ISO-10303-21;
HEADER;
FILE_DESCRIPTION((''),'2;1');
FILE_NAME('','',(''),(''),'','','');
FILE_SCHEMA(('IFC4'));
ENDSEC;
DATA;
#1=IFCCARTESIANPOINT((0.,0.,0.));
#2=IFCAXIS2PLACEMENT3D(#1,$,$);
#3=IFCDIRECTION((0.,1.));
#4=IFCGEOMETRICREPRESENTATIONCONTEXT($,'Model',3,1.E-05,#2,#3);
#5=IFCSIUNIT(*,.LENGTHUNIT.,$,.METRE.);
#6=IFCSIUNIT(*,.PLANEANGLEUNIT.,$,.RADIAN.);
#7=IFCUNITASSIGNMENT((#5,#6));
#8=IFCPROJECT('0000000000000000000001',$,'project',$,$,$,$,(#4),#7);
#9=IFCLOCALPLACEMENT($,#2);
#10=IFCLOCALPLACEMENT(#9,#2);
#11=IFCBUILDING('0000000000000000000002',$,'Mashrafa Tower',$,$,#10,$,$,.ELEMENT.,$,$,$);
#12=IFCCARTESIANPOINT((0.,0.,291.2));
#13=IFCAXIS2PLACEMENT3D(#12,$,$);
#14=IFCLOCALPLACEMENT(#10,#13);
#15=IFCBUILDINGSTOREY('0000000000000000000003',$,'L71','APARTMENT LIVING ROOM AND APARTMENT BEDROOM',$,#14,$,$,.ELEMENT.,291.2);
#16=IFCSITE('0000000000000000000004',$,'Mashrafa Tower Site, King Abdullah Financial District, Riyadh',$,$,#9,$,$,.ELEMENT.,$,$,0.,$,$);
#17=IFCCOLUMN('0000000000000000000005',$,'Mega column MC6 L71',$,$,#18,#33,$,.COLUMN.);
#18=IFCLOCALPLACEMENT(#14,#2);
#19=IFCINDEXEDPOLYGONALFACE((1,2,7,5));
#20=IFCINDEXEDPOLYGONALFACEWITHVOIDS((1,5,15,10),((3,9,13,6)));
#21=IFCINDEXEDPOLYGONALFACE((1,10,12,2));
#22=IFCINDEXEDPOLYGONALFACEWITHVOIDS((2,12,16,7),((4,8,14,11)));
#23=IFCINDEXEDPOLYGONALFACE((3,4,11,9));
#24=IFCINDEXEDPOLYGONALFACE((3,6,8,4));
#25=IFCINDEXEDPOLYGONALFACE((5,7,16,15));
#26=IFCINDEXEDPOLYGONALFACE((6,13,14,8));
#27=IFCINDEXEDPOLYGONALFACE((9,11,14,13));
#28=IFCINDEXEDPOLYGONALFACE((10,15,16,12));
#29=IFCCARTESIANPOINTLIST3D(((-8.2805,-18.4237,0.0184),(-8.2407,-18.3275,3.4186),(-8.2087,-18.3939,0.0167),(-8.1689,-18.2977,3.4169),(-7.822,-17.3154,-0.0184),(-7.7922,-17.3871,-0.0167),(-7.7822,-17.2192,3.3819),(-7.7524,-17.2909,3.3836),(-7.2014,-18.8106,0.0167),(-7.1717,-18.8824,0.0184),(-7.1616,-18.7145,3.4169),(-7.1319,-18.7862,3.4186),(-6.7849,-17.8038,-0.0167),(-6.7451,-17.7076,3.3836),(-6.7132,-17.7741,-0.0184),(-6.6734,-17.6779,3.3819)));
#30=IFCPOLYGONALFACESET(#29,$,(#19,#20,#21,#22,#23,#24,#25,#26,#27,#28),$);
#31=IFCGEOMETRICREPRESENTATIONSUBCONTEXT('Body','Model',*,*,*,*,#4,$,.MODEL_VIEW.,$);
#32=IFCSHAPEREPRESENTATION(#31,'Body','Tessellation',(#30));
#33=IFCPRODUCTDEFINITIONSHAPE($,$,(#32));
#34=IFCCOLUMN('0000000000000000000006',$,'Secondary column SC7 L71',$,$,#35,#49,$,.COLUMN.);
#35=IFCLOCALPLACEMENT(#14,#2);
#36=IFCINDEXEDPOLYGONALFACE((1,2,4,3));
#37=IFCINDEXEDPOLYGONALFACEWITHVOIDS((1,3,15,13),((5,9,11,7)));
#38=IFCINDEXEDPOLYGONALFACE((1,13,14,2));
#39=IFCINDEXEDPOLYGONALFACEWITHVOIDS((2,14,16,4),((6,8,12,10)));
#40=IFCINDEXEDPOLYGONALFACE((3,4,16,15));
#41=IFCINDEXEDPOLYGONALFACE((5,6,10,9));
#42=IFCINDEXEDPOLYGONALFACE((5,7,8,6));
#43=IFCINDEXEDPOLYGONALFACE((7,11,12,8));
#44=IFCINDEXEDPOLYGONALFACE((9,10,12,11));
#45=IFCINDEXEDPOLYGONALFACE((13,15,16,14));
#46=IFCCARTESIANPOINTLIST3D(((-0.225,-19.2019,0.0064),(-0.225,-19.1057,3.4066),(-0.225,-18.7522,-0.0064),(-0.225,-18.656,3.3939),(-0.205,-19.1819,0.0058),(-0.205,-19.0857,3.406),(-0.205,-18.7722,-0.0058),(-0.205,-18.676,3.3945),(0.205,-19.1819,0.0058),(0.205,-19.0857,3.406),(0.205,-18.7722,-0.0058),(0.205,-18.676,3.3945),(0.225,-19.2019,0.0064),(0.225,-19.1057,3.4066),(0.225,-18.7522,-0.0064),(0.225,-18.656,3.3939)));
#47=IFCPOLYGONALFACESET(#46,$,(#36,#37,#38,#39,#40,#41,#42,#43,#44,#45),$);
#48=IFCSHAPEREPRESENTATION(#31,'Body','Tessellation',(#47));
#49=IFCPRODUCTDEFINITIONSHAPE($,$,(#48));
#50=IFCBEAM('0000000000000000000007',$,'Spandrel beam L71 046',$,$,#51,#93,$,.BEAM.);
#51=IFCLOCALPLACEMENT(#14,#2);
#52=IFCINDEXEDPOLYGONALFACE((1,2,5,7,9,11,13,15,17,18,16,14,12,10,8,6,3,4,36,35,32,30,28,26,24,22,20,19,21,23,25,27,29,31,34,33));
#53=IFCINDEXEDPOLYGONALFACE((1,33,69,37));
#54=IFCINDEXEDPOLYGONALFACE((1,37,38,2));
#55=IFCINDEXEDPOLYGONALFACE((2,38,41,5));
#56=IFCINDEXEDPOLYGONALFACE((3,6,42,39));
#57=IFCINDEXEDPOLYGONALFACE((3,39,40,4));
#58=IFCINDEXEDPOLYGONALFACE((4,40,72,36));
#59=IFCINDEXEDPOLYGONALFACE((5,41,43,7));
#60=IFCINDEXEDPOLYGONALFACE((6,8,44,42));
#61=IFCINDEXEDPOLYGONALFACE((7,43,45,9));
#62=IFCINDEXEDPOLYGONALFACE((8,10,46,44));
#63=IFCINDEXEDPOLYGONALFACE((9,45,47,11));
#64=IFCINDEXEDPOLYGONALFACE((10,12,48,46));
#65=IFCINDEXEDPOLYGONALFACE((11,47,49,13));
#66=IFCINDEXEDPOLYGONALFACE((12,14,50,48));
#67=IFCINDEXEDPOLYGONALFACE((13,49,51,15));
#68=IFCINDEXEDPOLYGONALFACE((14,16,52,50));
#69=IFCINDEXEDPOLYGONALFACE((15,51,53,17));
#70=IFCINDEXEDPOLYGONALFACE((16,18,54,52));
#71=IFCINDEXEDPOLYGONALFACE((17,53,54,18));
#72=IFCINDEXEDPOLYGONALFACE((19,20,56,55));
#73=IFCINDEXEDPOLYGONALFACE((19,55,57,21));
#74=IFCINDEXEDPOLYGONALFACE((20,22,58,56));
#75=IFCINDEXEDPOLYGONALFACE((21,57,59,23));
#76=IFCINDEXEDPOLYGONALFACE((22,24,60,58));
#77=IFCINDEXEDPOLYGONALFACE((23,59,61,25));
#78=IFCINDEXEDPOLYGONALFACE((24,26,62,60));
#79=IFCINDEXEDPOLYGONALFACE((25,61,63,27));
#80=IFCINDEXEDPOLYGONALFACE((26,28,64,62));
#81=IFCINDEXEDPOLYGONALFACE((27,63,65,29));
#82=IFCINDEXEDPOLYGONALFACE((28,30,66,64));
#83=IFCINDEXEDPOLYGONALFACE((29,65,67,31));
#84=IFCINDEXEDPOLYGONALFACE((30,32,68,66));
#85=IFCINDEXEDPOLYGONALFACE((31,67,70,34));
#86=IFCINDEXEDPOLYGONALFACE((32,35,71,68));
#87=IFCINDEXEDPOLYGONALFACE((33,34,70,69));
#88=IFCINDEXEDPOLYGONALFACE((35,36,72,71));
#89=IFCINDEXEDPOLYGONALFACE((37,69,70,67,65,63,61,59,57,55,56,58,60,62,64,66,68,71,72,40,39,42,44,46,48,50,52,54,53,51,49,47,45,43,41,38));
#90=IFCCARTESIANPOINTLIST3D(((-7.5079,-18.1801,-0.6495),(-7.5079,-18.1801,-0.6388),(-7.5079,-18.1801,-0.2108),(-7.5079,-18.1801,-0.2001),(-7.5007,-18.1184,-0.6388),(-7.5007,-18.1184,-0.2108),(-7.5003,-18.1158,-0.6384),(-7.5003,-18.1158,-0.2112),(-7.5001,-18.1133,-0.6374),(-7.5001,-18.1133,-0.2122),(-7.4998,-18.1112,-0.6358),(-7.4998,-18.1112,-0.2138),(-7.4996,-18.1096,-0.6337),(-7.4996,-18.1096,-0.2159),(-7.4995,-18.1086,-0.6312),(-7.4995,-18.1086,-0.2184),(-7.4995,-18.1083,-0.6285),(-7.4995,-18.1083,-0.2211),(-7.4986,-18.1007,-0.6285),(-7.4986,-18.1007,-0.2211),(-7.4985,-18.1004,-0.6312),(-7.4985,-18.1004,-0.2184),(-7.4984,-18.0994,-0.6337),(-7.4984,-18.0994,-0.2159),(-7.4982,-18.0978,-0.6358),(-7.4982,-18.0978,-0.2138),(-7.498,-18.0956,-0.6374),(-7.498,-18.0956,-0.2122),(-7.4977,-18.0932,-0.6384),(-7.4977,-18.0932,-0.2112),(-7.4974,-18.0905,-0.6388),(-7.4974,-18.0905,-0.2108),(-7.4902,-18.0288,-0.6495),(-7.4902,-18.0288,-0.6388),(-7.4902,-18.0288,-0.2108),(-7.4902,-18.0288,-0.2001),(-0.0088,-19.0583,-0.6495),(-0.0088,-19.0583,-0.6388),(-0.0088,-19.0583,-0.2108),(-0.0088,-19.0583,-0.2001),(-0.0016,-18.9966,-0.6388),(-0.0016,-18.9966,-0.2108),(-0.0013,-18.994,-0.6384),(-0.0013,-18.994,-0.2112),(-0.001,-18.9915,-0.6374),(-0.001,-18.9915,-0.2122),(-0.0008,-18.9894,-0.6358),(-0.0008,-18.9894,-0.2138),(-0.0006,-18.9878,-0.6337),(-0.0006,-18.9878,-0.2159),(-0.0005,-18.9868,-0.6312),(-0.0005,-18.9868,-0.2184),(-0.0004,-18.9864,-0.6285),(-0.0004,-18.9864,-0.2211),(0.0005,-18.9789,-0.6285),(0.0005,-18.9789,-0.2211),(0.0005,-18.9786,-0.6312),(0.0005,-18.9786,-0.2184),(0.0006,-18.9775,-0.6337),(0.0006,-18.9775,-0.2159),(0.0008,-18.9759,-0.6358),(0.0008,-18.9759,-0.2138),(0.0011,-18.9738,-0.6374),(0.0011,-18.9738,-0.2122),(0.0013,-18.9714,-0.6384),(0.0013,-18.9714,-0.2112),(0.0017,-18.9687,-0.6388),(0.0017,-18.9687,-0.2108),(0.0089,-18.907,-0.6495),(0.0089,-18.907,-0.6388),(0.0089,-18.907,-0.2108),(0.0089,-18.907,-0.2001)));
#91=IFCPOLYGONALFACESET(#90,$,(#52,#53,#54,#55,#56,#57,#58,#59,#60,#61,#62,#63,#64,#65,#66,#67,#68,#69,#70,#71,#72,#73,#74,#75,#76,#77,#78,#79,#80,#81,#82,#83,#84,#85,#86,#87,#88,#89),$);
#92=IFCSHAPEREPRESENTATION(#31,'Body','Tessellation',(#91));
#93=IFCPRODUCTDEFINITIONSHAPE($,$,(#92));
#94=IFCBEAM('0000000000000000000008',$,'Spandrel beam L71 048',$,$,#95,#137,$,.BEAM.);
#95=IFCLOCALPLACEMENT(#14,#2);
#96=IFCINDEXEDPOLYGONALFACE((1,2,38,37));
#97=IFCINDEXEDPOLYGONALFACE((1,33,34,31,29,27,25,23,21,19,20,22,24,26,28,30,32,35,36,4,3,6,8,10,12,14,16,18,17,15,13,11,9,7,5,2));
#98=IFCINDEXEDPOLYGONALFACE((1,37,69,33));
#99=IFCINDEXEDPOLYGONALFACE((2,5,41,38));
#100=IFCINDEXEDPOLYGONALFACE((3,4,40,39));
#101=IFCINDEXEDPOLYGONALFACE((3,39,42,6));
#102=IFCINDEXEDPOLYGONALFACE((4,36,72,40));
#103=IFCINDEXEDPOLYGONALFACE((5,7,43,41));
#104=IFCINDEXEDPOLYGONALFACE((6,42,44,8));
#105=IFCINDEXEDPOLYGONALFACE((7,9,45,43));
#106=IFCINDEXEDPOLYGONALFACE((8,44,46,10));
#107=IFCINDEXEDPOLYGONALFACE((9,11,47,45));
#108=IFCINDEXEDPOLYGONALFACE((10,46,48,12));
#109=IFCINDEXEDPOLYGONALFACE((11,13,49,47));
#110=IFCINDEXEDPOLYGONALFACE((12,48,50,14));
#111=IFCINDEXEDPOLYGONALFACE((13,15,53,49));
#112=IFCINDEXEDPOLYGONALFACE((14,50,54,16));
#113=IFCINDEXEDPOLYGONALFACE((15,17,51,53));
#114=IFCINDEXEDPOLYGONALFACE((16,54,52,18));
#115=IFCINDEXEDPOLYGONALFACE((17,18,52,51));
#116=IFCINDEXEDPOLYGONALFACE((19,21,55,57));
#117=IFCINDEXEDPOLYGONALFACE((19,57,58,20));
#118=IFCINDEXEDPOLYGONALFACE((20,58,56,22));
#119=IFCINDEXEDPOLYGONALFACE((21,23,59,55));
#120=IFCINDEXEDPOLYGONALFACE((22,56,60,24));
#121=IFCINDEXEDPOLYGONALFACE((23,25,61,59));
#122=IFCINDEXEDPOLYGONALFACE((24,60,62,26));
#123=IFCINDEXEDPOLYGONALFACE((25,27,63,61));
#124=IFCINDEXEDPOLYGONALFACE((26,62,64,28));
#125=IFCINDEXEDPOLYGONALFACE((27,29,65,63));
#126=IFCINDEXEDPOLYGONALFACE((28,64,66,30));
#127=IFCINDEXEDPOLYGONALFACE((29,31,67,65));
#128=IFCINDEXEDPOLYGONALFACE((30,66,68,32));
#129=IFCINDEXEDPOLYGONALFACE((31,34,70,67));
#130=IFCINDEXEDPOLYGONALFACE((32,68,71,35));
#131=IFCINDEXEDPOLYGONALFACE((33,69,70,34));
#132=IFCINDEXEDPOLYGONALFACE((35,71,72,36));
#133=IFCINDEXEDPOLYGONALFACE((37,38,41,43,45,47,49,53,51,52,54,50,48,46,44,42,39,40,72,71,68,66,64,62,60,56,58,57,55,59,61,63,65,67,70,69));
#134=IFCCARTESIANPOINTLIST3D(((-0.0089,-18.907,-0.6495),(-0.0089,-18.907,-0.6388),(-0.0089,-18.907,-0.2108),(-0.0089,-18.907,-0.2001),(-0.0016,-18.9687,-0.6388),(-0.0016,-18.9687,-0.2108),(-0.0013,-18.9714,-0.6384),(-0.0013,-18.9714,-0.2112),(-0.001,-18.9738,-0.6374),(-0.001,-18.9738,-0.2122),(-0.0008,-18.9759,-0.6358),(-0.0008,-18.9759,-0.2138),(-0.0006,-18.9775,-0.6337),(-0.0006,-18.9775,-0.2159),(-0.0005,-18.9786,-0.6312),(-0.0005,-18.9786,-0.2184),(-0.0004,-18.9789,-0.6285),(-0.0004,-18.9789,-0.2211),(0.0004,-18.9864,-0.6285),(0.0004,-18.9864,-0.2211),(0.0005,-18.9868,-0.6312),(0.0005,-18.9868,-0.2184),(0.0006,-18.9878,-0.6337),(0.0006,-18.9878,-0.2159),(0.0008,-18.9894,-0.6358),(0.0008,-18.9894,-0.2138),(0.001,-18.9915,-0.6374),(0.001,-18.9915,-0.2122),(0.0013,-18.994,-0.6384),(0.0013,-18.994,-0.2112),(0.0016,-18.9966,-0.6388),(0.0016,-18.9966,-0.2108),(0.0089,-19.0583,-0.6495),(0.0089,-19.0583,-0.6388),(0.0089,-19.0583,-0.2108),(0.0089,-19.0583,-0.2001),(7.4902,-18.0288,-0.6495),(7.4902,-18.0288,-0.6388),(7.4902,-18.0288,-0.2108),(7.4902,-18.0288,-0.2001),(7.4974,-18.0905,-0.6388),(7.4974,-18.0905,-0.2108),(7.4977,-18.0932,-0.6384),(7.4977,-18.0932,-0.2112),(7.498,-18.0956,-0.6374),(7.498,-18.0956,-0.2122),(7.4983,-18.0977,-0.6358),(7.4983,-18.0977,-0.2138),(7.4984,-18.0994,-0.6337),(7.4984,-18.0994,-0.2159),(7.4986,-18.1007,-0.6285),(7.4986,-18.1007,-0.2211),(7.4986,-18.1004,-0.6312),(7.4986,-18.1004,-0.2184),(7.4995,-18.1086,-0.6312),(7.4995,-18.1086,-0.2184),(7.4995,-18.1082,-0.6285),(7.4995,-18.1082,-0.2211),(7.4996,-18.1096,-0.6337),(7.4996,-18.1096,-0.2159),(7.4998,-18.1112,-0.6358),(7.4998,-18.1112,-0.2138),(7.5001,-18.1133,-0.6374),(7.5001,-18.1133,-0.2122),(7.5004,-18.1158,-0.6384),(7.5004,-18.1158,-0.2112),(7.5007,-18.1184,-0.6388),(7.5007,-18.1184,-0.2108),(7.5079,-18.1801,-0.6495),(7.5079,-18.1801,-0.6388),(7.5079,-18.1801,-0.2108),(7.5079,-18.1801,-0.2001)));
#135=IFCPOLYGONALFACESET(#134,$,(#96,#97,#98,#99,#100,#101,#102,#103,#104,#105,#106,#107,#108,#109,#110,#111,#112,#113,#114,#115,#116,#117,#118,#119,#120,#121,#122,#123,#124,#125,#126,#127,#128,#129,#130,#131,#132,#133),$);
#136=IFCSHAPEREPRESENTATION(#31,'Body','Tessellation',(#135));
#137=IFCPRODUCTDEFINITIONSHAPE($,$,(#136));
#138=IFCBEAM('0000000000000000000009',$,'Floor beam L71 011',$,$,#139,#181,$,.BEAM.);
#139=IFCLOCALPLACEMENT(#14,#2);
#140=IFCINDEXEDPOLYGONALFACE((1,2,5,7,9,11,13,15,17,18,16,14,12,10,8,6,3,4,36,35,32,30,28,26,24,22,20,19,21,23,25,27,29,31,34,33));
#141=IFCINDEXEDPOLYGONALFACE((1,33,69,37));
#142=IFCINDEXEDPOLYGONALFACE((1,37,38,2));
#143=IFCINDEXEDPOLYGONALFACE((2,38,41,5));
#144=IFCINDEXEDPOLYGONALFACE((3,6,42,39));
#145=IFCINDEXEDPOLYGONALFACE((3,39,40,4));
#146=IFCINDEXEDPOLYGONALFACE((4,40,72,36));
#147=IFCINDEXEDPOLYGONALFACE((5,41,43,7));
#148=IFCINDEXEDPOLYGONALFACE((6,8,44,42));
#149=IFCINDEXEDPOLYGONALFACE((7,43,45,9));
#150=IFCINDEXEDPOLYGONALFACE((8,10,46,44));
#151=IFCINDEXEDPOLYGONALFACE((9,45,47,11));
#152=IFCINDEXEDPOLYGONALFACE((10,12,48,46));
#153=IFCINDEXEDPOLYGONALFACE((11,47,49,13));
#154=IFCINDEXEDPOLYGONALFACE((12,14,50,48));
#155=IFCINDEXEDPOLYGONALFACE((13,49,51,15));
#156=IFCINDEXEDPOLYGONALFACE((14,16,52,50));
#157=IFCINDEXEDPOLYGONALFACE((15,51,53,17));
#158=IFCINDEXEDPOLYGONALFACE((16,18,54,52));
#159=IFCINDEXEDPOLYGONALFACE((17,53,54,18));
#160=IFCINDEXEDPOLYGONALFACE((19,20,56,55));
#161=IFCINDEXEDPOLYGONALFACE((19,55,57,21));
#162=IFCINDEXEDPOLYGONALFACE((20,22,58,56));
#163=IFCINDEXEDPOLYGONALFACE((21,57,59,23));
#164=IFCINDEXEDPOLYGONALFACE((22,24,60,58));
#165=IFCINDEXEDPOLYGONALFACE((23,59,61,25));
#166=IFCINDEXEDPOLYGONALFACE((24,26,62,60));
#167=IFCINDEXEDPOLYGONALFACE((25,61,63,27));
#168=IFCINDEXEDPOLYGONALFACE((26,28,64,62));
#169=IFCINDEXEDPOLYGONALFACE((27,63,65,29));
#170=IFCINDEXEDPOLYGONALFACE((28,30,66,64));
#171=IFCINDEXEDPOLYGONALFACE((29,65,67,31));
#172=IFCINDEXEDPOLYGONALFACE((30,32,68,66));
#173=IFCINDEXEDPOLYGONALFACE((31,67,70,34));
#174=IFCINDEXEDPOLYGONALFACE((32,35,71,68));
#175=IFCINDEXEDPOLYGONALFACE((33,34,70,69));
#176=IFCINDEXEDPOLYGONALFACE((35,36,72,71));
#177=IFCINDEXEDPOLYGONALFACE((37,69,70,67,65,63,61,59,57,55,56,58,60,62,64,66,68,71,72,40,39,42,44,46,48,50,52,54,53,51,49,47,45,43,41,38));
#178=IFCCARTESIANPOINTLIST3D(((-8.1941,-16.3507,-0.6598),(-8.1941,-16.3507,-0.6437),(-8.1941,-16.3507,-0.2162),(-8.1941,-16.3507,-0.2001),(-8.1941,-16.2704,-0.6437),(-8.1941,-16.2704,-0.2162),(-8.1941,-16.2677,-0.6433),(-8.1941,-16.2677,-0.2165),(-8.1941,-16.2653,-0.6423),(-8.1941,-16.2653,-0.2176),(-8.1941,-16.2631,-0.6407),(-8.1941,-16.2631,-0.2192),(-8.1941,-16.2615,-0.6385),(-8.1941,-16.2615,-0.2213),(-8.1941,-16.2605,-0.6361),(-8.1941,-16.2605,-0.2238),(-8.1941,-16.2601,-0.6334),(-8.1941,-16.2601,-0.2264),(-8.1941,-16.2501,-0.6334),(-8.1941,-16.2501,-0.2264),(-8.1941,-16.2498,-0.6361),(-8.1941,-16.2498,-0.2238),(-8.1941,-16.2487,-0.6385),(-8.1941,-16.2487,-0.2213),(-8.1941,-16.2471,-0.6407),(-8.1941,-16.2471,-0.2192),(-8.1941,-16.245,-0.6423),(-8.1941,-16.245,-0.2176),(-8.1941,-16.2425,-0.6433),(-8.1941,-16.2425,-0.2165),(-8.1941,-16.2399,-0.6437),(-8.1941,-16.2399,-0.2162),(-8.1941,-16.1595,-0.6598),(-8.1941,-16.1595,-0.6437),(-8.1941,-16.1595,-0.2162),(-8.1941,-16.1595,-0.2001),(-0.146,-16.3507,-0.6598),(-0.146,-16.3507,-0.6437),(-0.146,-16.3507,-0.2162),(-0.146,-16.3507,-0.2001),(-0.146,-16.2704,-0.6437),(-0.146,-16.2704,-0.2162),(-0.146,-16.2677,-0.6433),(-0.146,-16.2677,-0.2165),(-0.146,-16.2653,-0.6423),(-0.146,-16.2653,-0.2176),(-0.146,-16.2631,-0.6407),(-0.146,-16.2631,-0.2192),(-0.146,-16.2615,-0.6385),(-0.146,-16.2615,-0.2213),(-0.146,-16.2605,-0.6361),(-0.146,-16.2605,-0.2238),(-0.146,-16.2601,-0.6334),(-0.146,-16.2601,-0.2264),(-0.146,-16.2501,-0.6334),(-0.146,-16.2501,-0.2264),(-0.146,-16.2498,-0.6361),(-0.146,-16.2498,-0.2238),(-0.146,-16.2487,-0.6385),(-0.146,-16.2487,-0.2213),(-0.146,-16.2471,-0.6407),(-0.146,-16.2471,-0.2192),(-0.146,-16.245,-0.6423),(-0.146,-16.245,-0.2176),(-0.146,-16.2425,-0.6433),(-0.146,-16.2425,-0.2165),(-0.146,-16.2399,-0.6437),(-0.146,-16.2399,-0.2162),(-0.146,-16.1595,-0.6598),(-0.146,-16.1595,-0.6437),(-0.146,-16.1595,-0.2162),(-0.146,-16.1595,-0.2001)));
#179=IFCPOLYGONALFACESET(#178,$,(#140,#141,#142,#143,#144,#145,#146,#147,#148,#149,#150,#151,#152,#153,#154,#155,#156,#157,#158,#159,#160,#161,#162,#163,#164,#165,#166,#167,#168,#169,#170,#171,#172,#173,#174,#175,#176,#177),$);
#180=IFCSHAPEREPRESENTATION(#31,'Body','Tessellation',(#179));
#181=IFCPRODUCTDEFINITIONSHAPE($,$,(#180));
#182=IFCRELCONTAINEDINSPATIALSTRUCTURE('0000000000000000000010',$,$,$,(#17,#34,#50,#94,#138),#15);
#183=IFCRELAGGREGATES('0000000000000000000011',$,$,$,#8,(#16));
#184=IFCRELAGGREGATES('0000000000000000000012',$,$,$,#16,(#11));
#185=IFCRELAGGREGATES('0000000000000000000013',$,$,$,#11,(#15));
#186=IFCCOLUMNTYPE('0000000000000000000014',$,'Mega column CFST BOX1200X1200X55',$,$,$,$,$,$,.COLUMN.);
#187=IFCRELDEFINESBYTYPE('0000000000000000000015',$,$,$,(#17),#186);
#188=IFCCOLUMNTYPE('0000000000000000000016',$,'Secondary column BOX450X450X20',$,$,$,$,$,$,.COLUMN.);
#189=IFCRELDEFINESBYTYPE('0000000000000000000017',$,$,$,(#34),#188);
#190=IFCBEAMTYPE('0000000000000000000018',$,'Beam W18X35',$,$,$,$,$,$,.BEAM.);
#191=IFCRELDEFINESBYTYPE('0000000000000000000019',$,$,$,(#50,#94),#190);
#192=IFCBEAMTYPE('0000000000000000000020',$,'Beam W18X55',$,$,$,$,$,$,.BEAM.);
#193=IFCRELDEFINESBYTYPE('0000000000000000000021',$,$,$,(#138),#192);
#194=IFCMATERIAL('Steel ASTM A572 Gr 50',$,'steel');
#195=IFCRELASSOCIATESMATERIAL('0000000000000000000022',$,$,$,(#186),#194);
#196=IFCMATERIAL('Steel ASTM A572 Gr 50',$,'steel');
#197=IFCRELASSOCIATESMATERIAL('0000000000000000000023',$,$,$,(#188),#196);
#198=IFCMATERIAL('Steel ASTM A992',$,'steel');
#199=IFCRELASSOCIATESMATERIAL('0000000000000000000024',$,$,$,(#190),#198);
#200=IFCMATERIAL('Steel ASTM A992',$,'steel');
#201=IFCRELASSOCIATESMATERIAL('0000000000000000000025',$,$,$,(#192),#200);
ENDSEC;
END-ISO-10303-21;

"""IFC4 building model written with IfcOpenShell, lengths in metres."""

from ifc_helpers import new_model, si_unit, direction, frame, origin, origin_2d, place, context, subcontext, project, spatial, hollow_rectangle, i_section, extrude, material, material_profile, profile_set, type_object, element, save


model = new_model("IFC4")

# Units and contexts
model_context = context("Model", 3, precision=1e-05, world=origin(), true_north=direction((0.0, 1.0)))
body_context = subcontext(model_context, "Body", "Model", "MODEL_VIEW")
ifc_project = project(units=[si_unit("LENGTHUNIT", "METRE"), si_unit("PLANEANGLEUNIT", "RADIAN")], contexts=[model_context])

# Site, building, storey
site_placement = place(None, origin())
site = spatial("IfcSite", under=ifc_project, at=site_placement, Name="Mashrafa Tower Site, King Abdullah Financial District, Riyadh", CompositionType="ELEMENT", RefElevation=0.0)
building_placement = place(site_placement, origin())
building = spatial("IfcBuilding", under=site, at=building_placement, Name="Mashrafa Tower", CompositionType="ELEMENT")
storey_placement = place(building_placement, frame((0.0, 0.0, 291.2)))
storey = spatial("IfcBuildingStorey", under=building, at=storey_placement, Name="L71", Description="APARTMENT LIVING ROOM AND APARTMENT BEDROOM", CompositionType="ELEMENT", Elevation=291.2)

# Columns
ifc_material_1 = material(Name="Steel ASTM A572 Gr 50", Category="steel")
ifc_material_profile_1 = material_profile(ifc_material_1, hollow_rectangle(XDim=1.2, YDim=1.2, WallThickness=0.0549, at=origin_2d()), Name="BOX1200X1200X55")
ifc_profile_set_1 = profile_set([ifc_material_profile_1], Name="Steel ASTM A572 Gr 50")
column_type_1 = type_object("IfcColumnType", Name="Mega column CFST BOX1200X1200X55", PredefinedType="COLUMN", material=ifc_profile_set_1)
column_1_placement = place(storey_placement, frame((-7.4968, -18.0989, 0.0), z_axis=(0.011698, 0.028277, 0.999532), x_axis=(-0.924045, 0.382283, 0.0)))
element("IfcColumn", 1, at=column_1_placement, inside=storey, type_object=column_type_1, Name="Mega column MC6 L71", PredefinedType="COLUMN", context=body_context, shape_type="SweptSolid", body=[
    extrude(hollow_rectangle(XDim=1.2, YDim=1.2, WallThickness=0.0549, at=origin_2d()), origin(), (0.0, 0.0, 1.0), 3.4019),
])
ifc_material_2 = material(Name="Steel ASTM A572 Gr 50", Category="steel")
ifc_material_profile_2 = material_profile(ifc_material_2, hollow_rectangle(XDim=0.45, YDim=0.45, WallThickness=0.02, at=origin_2d()), Name="BOX450X450X20")
ifc_profile_set_2 = profile_set([ifc_material_profile_2], Name="Steel ASTM A572 Gr 50")
column_type_2 = type_object("IfcColumnType", Name="Secondary column BOX450X450X20", PredefinedType="COLUMN", material=ifc_profile_set_2)
column_2_placement = place(storey_placement, frame((0.0, -18.9771, 0.0), z_axis=(0.0, 0.028279, 0.9996), x_axis=(-1.0, 0.0, 0.0)))
element("IfcColumn", 2, at=column_2_placement, inside=storey, type_object=column_type_2, Name="Secondary column SC7 L71", PredefinedType="COLUMN", context=body_context, shape_type="SweptSolid", body=[
    extrude(hollow_rectangle(XDim=0.45, YDim=0.45, WallThickness=0.02, at=origin_2d()), origin(), (0.0, 0.0, 1.0), 3.4016),
])

# Beams
ifc_material_3 = material(Name="Steel ASTM A992", Category="steel")
ifc_material_profile_3 = material_profile(ifc_material_3, i_section(OverallWidth=0.1523, OverallDepth=0.4495, WebThickness=0.0076, FlangeThickness=0.0107, FilletRadius=0.0103, at=origin_2d()), Name="W18X35")
ifc_profile_set_3 = profile_set([ifc_material_profile_3], Name="Steel ASTM A992")
beam_type_1 = type_object("IfcBeamType", Name="Beam W18X35", PredefinedType="BEAM", material=ifc_profile_set_3)
for number, where, z_axis, x_axis, name in (
    (3, (-7.499, -18.1045, -0.4248), (0.993213, -0.11631, 0.0), (0.11631, 0.993213, 0.0), "Spandrel beam L71 046"),
    (4, (0.0, -18.9827, -0.4248), (0.993213, 0.11631, 0.0), (-0.11631, 0.993213, 0.0), "Spandrel beam L71 048"),
):
    element("IfcBeam", number, at=place(storey_placement, frame(where, z_axis=z_axis, x_axis=x_axis)), inside=storey, type_object=beam_type_1, Name=name, PredefinedType="BEAM", context=body_context, shape_type="SweptSolid", body=[
        extrude(i_section(OverallWidth=0.1523, OverallDepth=0.4495, WebThickness=0.0076, FlangeThickness=0.0107, FilletRadius=0.0103, at=origin_2d()), origin(), (0.0, 0.0, 1.0), 7.5503),
    ])
ifc_material_4 = material(Name="Steel ASTM A992", Category="steel")
ifc_material_profile_4 = material_profile(ifc_material_4, i_section(OverallWidth=0.1912, OverallDepth=0.4597, WebThickness=0.01, FlangeThickness=0.0161, FilletRadius=0.0103, at=origin_2d()), Name="W18X55")
ifc_profile_set_4 = profile_set([ifc_material_profile_4], Name="Steel ASTM A992")
beam_type_2 = type_object("IfcBeamType", Name="Beam W18X55", PredefinedType="BEAM", material=ifc_profile_set_4)
beam_placement = place(storey_placement, frame((-0.146, -16.2551, -0.4299), z_axis=(-1.0, 0.0, 0.0), x_axis=(0.0, -1.0, 0.0)))
element("IfcBeam", 5, at=beam_placement, inside=storey, type_object=beam_type_2, Name="Floor beam L71 011", PredefinedType="BEAM", context=body_context, shape_type="SweptSolid", body=[
    extrude(i_section(OverallWidth=0.1912, OverallDepth=0.4597, WebThickness=0.01, FlangeThickness=0.0161, FilletRadius=0.0103, at=origin_2d()), origin(), (0.0, 0.0, 1.0), 8.0481),
])

save(model, "model.ifc")
